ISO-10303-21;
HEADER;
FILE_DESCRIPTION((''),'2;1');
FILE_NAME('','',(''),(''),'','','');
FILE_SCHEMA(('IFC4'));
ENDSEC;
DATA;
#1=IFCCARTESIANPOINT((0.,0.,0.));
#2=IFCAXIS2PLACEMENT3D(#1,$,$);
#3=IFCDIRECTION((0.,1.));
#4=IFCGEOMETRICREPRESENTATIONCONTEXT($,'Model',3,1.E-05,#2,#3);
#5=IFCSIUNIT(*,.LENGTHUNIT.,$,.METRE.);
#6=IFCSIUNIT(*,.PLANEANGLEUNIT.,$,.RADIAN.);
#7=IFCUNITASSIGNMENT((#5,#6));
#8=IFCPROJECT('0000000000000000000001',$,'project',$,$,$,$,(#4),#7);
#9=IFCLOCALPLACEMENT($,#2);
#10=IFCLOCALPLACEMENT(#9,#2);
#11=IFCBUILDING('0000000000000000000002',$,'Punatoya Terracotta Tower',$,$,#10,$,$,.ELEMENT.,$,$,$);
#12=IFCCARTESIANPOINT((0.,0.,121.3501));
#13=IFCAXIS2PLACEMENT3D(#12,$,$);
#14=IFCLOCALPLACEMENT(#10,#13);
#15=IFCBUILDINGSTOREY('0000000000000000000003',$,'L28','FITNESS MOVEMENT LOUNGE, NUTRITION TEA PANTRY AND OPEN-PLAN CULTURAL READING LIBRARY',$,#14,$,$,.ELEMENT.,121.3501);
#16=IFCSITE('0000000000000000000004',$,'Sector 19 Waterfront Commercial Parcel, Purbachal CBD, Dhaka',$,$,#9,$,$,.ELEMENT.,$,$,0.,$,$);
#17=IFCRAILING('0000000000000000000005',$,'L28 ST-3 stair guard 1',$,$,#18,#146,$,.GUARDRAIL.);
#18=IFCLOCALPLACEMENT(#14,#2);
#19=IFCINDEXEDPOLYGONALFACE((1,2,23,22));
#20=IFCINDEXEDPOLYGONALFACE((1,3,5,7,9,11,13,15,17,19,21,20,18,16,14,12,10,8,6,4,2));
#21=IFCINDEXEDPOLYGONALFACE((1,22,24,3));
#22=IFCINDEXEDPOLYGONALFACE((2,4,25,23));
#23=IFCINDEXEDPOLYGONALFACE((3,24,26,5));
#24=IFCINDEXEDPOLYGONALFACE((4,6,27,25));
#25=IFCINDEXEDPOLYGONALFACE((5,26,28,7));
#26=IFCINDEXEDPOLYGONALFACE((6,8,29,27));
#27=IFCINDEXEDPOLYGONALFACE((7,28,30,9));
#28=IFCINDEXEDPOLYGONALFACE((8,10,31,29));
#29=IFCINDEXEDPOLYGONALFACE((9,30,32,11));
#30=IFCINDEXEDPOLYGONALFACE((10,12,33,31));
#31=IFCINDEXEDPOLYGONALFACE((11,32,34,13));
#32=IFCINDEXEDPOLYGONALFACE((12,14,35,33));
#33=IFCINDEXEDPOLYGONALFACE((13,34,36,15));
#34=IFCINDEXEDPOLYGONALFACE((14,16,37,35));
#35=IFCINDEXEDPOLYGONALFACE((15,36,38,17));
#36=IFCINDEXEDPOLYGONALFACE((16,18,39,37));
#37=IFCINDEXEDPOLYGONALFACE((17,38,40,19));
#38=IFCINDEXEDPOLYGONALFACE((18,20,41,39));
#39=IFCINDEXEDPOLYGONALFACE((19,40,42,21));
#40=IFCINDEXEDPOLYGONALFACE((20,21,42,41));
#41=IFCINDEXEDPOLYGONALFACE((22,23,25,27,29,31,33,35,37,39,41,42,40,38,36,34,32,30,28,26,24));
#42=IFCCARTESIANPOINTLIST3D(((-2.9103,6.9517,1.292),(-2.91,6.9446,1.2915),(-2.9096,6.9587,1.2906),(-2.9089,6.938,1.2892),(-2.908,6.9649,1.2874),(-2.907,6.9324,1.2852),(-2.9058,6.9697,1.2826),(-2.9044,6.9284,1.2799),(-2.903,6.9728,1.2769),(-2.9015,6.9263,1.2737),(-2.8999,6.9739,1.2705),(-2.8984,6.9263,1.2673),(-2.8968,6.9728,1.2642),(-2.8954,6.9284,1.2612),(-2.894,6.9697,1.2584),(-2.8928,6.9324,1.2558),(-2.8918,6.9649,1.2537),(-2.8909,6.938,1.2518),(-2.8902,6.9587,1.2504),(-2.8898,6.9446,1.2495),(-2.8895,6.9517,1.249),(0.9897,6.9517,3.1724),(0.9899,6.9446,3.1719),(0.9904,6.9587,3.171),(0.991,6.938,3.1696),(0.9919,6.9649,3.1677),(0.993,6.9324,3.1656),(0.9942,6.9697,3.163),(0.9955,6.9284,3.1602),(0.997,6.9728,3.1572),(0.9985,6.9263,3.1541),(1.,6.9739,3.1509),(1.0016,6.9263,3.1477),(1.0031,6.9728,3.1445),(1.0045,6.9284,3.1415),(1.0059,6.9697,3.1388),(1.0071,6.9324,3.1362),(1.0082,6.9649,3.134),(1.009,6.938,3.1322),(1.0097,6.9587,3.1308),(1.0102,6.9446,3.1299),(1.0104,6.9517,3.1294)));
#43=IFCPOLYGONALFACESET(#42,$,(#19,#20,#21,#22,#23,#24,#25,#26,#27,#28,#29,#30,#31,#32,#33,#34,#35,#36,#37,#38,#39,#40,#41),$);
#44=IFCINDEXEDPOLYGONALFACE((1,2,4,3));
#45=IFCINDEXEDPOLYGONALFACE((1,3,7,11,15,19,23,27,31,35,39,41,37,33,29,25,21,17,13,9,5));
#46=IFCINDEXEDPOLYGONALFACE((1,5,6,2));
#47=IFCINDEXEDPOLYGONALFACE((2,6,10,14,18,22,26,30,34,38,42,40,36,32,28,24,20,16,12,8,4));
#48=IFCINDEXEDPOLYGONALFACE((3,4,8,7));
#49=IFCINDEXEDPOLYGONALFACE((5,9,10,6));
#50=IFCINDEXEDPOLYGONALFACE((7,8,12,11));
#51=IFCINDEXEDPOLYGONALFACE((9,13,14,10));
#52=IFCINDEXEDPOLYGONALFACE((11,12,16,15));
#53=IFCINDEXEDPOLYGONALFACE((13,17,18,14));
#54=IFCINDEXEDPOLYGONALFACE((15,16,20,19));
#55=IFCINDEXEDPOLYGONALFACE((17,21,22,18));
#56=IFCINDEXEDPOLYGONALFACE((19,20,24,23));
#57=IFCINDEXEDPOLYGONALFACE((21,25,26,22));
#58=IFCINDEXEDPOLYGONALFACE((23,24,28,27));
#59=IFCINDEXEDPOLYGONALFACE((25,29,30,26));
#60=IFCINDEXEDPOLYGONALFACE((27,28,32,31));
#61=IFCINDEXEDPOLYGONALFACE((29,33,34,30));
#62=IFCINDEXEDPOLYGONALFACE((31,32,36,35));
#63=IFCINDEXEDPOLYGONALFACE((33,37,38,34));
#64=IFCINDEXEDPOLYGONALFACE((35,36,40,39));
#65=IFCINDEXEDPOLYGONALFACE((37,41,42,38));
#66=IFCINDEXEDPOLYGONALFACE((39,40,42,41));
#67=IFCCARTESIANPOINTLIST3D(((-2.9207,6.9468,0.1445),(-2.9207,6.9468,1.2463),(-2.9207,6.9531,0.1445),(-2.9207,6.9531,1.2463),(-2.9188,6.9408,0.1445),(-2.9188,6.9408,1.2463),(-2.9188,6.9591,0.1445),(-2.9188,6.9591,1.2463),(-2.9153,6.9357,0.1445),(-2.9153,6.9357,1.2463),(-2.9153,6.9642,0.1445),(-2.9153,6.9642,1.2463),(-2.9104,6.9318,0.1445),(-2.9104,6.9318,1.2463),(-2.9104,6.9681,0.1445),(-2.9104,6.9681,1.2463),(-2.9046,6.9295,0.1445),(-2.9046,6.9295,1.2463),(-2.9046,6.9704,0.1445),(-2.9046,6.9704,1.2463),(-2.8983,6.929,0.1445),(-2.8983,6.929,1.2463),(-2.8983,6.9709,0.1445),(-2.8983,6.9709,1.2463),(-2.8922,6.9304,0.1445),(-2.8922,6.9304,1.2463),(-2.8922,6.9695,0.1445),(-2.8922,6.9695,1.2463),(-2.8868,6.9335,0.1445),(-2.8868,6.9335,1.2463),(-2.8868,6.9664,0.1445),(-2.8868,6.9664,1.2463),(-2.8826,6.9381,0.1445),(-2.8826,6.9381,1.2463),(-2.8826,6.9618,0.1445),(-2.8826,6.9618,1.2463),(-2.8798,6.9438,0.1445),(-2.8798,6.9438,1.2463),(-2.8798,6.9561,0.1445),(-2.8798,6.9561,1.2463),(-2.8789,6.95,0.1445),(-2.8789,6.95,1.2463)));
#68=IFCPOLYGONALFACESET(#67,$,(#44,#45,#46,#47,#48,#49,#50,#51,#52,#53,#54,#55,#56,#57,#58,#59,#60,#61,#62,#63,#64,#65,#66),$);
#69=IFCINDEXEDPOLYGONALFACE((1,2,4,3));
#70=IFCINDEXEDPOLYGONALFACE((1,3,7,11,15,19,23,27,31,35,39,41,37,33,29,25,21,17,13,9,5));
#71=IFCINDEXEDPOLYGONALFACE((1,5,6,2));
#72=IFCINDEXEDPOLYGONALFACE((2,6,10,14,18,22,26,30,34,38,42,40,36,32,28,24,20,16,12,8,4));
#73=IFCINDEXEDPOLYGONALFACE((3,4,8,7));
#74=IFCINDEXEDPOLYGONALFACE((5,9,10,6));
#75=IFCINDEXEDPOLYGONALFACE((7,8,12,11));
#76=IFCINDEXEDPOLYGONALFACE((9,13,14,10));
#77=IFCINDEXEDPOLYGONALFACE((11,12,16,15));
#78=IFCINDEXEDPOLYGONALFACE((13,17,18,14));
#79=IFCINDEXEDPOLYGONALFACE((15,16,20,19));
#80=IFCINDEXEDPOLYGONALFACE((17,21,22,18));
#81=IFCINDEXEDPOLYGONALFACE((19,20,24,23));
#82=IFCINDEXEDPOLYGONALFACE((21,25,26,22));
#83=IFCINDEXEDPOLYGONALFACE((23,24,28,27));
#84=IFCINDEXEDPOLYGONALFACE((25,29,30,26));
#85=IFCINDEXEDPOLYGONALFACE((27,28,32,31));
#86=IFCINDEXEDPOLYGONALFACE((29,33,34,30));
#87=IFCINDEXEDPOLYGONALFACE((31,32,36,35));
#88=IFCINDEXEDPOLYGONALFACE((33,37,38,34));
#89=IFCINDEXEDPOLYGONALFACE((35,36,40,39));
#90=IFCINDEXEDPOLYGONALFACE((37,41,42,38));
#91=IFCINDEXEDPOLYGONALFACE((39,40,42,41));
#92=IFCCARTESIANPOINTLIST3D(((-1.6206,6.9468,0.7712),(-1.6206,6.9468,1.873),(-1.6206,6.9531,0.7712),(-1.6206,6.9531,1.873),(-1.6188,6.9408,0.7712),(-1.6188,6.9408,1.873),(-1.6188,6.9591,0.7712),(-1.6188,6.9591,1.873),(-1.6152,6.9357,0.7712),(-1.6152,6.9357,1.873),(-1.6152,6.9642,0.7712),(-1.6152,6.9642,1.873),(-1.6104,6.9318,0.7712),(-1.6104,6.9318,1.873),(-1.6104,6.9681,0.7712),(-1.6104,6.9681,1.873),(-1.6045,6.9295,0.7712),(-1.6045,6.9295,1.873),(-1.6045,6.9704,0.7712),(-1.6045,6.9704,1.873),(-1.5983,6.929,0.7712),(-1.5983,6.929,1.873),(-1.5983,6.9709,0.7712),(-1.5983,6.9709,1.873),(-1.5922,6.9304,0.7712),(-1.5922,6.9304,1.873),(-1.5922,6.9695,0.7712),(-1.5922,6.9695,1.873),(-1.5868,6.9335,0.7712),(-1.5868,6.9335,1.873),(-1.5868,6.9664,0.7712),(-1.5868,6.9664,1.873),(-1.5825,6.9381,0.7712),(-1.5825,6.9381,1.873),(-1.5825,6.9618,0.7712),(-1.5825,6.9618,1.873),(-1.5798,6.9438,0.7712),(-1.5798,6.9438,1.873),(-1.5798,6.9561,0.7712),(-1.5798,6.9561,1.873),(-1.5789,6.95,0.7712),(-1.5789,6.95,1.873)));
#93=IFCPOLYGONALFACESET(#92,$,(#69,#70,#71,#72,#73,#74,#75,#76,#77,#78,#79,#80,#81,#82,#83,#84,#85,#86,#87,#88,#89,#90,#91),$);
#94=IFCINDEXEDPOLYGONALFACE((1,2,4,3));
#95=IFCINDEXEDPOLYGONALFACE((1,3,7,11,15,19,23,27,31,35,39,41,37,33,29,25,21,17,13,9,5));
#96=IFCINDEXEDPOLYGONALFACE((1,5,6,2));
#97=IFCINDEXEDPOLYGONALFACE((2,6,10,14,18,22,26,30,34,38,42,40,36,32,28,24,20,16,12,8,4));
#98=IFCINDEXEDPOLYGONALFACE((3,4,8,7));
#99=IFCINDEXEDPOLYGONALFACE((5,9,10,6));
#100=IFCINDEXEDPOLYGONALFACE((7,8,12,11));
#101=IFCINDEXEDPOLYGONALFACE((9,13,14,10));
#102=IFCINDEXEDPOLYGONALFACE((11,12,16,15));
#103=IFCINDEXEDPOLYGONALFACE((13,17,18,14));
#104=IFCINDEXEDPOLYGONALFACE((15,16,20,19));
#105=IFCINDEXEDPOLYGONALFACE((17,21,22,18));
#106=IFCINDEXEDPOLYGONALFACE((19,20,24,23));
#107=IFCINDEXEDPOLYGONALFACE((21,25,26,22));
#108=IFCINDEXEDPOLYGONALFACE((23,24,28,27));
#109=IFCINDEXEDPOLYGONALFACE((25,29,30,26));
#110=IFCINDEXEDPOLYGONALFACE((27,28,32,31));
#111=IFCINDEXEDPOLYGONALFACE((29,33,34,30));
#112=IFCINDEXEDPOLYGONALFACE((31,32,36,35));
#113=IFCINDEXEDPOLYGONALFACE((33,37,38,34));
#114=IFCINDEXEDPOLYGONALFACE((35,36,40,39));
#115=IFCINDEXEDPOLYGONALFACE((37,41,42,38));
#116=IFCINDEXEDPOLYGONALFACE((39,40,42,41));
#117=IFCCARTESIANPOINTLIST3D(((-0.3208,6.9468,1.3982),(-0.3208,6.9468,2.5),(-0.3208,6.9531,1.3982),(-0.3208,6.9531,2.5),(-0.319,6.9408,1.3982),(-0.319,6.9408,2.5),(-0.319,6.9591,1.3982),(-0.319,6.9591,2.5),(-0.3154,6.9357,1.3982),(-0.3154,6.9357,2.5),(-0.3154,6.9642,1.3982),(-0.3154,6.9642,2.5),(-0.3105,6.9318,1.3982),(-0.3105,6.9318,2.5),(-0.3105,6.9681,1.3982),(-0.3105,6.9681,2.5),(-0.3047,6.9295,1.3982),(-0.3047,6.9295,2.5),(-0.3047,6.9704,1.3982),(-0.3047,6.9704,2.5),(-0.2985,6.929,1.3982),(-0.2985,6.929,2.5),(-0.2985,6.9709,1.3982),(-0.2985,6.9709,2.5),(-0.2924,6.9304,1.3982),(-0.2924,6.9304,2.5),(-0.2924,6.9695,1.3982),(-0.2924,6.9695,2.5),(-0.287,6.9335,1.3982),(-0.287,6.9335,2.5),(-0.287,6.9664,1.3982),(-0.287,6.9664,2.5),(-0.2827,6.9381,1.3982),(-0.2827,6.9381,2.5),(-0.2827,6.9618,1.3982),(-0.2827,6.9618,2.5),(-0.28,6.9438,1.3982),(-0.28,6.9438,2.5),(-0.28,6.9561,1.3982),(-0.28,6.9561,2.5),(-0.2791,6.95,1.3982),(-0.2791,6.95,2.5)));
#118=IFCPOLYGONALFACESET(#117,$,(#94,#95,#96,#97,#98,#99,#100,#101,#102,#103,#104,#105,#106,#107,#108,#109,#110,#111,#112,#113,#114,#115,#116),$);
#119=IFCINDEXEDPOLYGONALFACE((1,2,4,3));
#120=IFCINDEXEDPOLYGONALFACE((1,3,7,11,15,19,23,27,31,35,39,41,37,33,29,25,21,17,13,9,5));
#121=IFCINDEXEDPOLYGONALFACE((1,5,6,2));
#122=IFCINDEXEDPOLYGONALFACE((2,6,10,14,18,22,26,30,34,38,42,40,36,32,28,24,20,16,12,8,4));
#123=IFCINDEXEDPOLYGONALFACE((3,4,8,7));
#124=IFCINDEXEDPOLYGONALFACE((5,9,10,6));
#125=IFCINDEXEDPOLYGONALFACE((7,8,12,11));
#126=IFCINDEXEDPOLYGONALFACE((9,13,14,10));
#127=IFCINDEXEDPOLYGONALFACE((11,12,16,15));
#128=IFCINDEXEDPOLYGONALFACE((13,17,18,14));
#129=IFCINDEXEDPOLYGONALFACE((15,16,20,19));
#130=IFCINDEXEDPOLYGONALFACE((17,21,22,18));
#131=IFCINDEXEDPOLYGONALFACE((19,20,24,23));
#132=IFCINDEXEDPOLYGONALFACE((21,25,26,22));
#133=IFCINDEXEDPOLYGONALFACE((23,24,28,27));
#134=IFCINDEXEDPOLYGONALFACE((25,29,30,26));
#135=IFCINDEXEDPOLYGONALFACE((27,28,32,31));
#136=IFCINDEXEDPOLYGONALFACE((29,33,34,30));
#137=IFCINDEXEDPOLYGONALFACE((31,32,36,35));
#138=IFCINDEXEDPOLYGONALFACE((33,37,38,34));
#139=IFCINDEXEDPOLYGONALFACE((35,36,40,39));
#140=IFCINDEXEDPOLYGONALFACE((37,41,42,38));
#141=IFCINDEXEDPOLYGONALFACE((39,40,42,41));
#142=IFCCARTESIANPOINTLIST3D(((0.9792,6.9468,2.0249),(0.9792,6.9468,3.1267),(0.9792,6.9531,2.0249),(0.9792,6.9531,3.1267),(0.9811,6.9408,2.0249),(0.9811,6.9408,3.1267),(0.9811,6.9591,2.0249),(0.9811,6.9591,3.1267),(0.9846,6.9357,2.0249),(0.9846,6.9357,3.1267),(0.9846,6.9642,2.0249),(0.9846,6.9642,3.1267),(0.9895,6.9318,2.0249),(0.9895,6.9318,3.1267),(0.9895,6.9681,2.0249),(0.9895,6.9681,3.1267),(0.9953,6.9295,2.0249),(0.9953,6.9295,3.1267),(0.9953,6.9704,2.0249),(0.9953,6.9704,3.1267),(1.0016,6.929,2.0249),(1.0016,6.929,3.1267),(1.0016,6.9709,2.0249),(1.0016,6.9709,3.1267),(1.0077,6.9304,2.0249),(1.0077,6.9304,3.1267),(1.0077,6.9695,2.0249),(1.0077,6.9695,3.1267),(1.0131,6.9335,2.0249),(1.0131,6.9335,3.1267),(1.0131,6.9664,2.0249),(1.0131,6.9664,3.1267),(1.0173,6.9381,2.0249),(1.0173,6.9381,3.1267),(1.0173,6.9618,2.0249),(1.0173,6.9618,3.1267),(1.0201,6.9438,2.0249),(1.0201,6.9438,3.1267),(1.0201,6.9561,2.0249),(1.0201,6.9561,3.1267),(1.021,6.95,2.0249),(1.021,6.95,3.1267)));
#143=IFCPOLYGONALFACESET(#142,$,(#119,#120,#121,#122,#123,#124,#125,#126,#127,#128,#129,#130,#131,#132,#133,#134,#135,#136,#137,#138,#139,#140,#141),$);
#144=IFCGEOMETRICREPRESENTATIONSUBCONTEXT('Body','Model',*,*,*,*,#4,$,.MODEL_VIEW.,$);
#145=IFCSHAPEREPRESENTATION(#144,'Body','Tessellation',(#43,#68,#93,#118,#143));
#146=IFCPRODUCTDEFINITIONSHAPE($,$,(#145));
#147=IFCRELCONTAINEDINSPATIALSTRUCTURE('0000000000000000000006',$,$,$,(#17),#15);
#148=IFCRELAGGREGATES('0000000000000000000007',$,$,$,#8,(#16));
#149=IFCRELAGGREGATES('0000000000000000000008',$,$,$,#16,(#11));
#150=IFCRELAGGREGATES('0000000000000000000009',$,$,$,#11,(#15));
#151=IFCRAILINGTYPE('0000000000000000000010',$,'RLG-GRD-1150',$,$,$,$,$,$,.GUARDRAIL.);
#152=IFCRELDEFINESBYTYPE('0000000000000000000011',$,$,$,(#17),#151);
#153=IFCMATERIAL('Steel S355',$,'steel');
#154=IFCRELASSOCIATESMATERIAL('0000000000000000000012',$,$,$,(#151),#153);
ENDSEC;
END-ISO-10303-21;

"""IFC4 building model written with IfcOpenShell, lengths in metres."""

from ifc_helpers import new_model, si_unit, direction, frame, origin, origin_2d, place, context, subcontext, project, spatial, circle, extrude, material, type_object, element, save


model = new_model("IFC4")

# Units and contexts
model_context = context("Model", 3, precision=1e-05, world=origin(), true_north=direction((0.0, 1.0)))
body_context = subcontext(model_context, "Body", "Model", "MODEL_VIEW")
ifc_project = project(units=[si_unit("LENGTHUNIT", "METRE"), si_unit("PLANEANGLEUNIT", "RADIAN")], contexts=[model_context])

# Site, building, storey
site_placement = place(None, origin())
site = spatial("IfcSite", under=ifc_project, at=site_placement, Name="Sector 19 Waterfront Commercial Parcel, Purbachal CBD, Dhaka", CompositionType="ELEMENT", RefElevation=0.0)
building_placement = place(site_placement, origin())
building = spatial("IfcBuilding", under=site, at=building_placement, Name="Punatoya Terracotta Tower", CompositionType="ELEMENT")
storey_placement = place(building_placement, frame((0.0, 0.0, 121.3501)))
storey = spatial("IfcBuildingStorey", under=building, at=storey_placement, Name="L28", Description="FITNESS MOVEMENT LOUNGE, NUTRITION TEA PANTRY AND OPEN-PLAN CULTURAL READING LIBRARY", CompositionType="ELEMENT", Elevation=121.3501)

# Shared definitions
ifc_material_1 = material(Name="Steel S355", Category="steel")

# Railing
railing_type_1 = type_object("IfcRailingType", Name="RLG-GRD-1150", PredefinedType="GUARDRAIL", material=ifc_material_1)
railing_1_placement = place(storey_placement, frame((-2.8999, 6.95, 0.1445)))
element("IfcRailing", 1, at=railing_1_placement, inside=storey, type_object=railing_type_1, Name="L28 ST-3 stair guard 1", PredefinedType="GUARDRAIL", context=body_context, shape_type="SweptSolid", body=[
    extrude(circle(Radius=0.0239, at=origin_2d()), frame((0.0, 0.0, 1.126), z_axis=(0.900763, 0.0, 0.434311), x_axis=(0.0, 1.0, 0.0)), (0.0, 0.0, 1.0), 4.3296),
    extrude(circle(Radius=0.021, at=origin_2d()), origin(), (0.0, 0.0, 1.0), 1.1018),
    extrude(circle(Radius=0.021, at=origin_2d()), frame((1.3, 0.0, 0.6267)), (0.0, 0.0, 1.0), 1.1018),
    extrude(circle(Radius=0.021, at=origin_2d()), frame((2.5999, 0.0, 1.2537)), (0.0, 0.0, 1.0), 1.1018),
    extrude(circle(Radius=0.021, at=origin_2d()), frame((3.8999, 0.0, 1.8804)), (0.0, 0.0, 1.0), 1.1018),
])

save(model, "model.ifc")
